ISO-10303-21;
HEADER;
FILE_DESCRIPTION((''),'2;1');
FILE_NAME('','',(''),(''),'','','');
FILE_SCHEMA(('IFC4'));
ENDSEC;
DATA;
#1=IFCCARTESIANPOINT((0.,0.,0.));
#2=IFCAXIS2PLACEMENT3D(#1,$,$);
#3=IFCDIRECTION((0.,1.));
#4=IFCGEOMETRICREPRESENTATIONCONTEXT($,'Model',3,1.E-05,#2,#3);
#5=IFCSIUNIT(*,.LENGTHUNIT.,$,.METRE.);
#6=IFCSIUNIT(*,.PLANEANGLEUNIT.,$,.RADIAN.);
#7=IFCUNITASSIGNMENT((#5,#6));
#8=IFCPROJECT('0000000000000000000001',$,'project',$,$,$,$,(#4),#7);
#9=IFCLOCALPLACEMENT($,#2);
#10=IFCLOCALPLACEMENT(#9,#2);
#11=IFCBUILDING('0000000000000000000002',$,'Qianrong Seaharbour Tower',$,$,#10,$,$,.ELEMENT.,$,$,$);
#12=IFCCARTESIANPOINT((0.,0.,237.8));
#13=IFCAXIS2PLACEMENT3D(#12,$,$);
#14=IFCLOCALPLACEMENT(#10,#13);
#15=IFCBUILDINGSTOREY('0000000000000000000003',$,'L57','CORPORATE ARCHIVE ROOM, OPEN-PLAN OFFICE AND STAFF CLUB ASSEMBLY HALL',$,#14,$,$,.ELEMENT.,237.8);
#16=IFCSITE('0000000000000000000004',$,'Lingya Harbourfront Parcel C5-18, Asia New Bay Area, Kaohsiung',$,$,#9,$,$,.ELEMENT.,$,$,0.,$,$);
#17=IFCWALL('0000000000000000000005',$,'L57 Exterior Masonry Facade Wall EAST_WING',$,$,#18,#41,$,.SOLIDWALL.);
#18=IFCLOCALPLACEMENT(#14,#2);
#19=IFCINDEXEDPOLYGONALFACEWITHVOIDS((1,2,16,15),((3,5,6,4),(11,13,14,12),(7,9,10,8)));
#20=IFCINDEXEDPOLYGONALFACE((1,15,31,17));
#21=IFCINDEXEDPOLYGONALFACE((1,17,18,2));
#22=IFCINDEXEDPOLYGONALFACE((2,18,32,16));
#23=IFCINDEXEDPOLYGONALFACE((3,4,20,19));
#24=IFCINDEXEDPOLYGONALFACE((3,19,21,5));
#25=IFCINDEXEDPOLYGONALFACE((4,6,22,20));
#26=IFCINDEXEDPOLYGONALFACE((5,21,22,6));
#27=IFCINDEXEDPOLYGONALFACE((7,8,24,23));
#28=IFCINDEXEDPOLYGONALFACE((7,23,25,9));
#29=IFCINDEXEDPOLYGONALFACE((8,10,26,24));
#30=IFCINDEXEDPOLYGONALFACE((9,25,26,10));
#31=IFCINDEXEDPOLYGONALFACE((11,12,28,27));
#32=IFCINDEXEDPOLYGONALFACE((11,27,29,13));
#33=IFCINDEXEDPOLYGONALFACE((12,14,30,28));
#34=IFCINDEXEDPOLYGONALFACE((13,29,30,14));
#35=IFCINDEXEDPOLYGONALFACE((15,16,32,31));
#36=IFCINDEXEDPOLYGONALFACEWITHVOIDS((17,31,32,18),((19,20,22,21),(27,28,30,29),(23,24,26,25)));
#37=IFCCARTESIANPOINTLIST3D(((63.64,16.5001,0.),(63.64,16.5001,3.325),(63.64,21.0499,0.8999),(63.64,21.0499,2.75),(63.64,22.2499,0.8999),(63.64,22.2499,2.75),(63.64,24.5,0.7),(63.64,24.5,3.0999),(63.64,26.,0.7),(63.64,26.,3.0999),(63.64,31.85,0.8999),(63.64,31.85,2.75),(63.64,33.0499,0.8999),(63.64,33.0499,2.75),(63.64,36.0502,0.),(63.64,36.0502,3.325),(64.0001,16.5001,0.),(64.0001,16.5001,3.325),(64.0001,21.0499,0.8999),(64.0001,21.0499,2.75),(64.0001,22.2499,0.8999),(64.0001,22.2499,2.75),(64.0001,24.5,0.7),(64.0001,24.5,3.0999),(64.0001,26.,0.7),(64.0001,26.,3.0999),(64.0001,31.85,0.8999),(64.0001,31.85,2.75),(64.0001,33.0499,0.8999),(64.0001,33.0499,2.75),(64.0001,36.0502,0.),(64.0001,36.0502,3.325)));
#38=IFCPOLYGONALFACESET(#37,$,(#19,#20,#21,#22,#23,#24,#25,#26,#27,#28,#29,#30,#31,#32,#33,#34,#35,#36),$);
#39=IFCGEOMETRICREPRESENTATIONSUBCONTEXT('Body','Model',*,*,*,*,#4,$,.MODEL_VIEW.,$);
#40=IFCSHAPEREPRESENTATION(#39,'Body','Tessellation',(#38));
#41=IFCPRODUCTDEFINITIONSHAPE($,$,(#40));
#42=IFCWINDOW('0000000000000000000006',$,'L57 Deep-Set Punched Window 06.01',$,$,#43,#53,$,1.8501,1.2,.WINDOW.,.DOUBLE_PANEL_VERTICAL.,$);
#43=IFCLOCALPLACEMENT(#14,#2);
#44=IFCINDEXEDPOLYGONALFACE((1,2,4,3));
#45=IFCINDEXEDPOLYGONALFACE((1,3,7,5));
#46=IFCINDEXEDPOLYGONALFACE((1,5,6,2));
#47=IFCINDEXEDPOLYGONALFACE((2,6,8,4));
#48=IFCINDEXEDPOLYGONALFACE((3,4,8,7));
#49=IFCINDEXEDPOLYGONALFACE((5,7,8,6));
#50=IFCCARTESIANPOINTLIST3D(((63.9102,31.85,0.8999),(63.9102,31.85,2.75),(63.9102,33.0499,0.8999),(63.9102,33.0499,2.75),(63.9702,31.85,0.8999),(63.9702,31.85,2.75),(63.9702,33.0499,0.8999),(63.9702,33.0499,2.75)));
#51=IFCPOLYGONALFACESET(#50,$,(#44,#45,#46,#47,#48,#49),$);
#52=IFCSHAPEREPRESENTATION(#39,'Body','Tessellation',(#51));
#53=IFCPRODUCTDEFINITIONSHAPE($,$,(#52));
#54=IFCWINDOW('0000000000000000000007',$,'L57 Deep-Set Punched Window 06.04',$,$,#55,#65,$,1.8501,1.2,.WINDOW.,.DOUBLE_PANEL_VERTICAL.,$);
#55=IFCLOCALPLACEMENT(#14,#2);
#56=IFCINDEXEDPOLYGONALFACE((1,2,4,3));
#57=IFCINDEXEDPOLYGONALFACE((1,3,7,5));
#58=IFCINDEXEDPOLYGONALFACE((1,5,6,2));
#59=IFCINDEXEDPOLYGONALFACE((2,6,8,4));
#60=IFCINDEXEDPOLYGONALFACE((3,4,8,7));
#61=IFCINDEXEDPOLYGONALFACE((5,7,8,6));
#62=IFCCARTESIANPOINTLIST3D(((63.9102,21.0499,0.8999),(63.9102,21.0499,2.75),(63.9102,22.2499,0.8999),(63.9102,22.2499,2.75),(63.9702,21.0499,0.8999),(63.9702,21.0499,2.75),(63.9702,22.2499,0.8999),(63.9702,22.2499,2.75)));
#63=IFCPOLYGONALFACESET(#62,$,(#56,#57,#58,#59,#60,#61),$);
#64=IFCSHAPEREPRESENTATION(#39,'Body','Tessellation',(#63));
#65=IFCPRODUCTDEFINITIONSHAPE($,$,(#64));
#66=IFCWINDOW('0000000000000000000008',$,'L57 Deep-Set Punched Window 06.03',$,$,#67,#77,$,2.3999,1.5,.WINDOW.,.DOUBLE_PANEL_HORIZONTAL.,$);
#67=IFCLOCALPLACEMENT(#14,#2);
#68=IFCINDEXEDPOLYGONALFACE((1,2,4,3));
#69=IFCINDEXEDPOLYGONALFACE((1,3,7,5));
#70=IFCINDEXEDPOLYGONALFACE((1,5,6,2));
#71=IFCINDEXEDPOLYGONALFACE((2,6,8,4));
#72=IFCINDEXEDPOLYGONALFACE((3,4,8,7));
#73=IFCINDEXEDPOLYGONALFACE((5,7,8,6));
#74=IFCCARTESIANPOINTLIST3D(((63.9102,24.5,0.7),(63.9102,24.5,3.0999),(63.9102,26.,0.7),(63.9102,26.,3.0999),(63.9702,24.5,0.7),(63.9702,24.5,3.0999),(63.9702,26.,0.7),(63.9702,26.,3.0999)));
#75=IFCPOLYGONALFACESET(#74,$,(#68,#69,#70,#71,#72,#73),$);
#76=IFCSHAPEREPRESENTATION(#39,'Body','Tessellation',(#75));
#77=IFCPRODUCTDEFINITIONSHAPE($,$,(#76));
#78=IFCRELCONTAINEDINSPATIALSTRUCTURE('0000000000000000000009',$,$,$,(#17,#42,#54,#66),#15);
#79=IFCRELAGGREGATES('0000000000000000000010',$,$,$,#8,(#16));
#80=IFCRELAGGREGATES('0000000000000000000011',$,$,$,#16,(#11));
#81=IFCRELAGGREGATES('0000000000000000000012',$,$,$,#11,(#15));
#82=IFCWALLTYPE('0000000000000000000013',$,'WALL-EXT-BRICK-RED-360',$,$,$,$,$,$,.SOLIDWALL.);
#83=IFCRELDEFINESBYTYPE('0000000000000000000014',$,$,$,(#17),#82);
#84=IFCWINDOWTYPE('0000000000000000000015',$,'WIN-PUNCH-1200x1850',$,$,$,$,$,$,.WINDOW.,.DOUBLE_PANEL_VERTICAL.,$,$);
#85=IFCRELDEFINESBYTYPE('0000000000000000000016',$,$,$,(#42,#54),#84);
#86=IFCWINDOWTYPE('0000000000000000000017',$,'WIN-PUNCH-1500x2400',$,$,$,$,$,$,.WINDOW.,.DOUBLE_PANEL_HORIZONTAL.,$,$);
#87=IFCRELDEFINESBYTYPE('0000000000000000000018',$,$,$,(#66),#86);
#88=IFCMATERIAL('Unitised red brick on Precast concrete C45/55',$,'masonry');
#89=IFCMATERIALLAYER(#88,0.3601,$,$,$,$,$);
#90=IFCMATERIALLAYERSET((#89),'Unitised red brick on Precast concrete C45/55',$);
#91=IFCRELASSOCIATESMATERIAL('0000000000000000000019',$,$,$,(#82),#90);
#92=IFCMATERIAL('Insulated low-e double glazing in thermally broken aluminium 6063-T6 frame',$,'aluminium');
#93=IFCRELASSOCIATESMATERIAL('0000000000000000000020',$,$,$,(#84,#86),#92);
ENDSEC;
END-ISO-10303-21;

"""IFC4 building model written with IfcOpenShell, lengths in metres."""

from ifc_helpers import new_model, si_unit, direction, frame, frame_2d, origin, place, context, subcontext, project, spatial, rectangle, extrude, material, layer, layer_set, type_object, element, fill, save


model = new_model("IFC4")

# Units and contexts
model_context = context("Model", 3, precision=1e-05, world=origin(), true_north=direction((0.0, 1.0)))
body_context = subcontext(model_context, "Body", "Model", "MODEL_VIEW")
ifc_project = project(units=[si_unit("LENGTHUNIT", "METRE"), si_unit("PLANEANGLEUNIT", "RADIAN")], contexts=[model_context])

# Site, building, storey
site_placement = place(None, origin())
site = spatial("IfcSite", under=ifc_project, at=site_placement, Name="Lingya Harbourfront Parcel C5-18, Asia New Bay Area, Kaohsiung", CompositionType="ELEMENT", RefElevation=0.0)
building_placement = place(site_placement, origin())
building = spatial("IfcBuilding", under=site, at=building_placement, Name="Qianrong Seaharbour Tower", CompositionType="ELEMENT")
storey_placement = place(building_placement, frame((0.0, 0.0, 237.8)))
storey = spatial("IfcBuildingStorey", under=building, at=storey_placement, Name="L57", Description="CORPORATE ARCHIVE ROOM, OPEN-PLAN OFFICE AND STAFF CLUB ASSEMBLY HALL", CompositionType="ELEMENT", Elevation=237.8)

# Wall, openings, windows
ifc_material_1 = material(Name="Unitised red brick on Precast concrete C45/55", Category="masonry")
ifc_layer_1 = layer(ifc_material_1, 0.3601)
ifc_layer_set_1 = layer_set([ifc_layer_1], Name="Unitised red brick on Precast concrete C45/55")
wall_type_1 = type_object("IfcWallType", Name="WALL-EXT-BRICK-RED-360", PredefinedType="SOLIDWALL", material=ifc_layer_set_1)
wall_1_placement = place(storey_placement, frame((63.8201, 36.05, 0.0), z_axis=(0.0, 0.0, 1.0), x_axis=(0.0, -1.0, 0.0)))
wall_1 = element("IfcWall", 1, at=wall_1_placement, inside=storey, type_object=wall_type_1, Name="L57 Exterior Masonry Facade Wall EAST_WING", PredefinedType="SOLIDWALL", context=body_context, shape_type="SweptSolid", body=[
    extrude(rectangle(XDim=19.55, YDim=0.3601, at=frame_2d((9.7749, 0.0))), origin(), (0.0, 0.0, 1.0), 3.325),
])
opening_1_placement = place(wall_1_placement, frame((3.0, 0.0, 0.8999)))
opening_1 = element("IfcOpeningElement", 2, at=opening_1_placement, cuts=wall_1, PredefinedType="OPENING", context=body_context, shape_type="SweptSolid", body=[
    extrude(rectangle(XDim=1.2, YDim=1.8501, at=frame_2d((0.6001, 0.925))), frame((0.0, 0.1899, 0.0), z_axis=(0.0, -1.0, 0.0), x_axis=(1.0, 0.0, 0.0)), (0.0, 0.0, 1.0), 0.3801),
])
opening_2_placement = place(wall_1_placement, frame((10.05, 0.0, 0.7)))
opening_2 = element("IfcOpeningElement", 3, at=opening_2_placement, cuts=wall_1, PredefinedType="OPENING", context=body_context, shape_type="SweptSolid", body=[
    extrude(rectangle(XDim=1.5, YDim=2.3999, at=frame_2d((0.75, 1.2))), frame((0.0, 0.1899, 0.0), z_axis=(0.0, -1.0, 0.0), x_axis=(1.0, 0.0, 0.0)), (0.0, 0.0, 1.0), 0.3801),
])
opening_3_placement = place(wall_1_placement, frame((13.8, 0.0, 0.8999)))
opening_3 = element("IfcOpeningElement", 4, at=opening_3_placement, cuts=wall_1, PredefinedType="OPENING", context=body_context, shape_type="SweptSolid", body=[
    extrude(rectangle(XDim=1.2, YDim=1.8501, at=frame_2d((0.6001, 0.925))), frame((0.0, 0.1899, 0.0), z_axis=(0.0, -1.0, 0.0), x_axis=(1.0, 0.0, 0.0)), (0.0, 0.0, 1.0), 0.3801),
])
ifc_material_2 = material(Name="Insulated low-e double glazing in thermally broken aluminium 6063-T6 frame", Category="aluminium")
window_type_1 = type_object("IfcWindowType", Name="WIN-PUNCH-1200x1850", PartitioningType="DOUBLE_PANEL_VERTICAL", PredefinedType="WINDOW", material=ifc_material_2)
window_1_placement = place(opening_1_placement, origin())
window_1 = element("IfcWindow", 5, at=window_1_placement, inside=storey, type_object=window_type_1, Name="L57 Deep-Set Punched Window 06.01", OverallHeight=1.8501, OverallWidth=1.2, PartitioningType="DOUBLE_PANEL_VERTICAL", PredefinedType="WINDOW", context=body_context, shape_type="SweptSolid", body=[
    extrude(rectangle(XDim=1.2, YDim=1.8501, at=frame_2d((0.6001, 0.925))), frame((0.0, 0.1501, 0.0), z_axis=(0.0, -1.0, 0.0), x_axis=(1.0, 0.0, 0.0)), (0.0, 0.0, 1.0), 0.0601),
])
fill(opening_1, window_1)
window_2_placement = place(opening_3_placement, origin())
window_2 = element("IfcWindow", 6, at=window_2_placement, inside=storey, type_object=window_type_1, Name="L57 Deep-Set Punched Window 06.04", OverallHeight=1.8501, OverallWidth=1.2, PartitioningType="DOUBLE_PANEL_VERTICAL", PredefinedType="WINDOW", context=body_context, shape_type="SweptSolid", body=[
    extrude(rectangle(XDim=1.2, YDim=1.8501, at=frame_2d((0.6001, 0.925))), frame((0.0, 0.1501, 0.0), z_axis=(0.0, -1.0, 0.0), x_axis=(1.0, 0.0, 0.0)), (0.0, 0.0, 1.0), 0.0601),
])
fill(opening_3, window_2)
window_type_2 = type_object("IfcWindowType", Name="WIN-PUNCH-1500x2400", PartitioningType="DOUBLE_PANEL_HORIZONTAL", PredefinedType="WINDOW", material=ifc_material_2)
window_3_placement = place(opening_2_placement, origin())
window_3 = element("IfcWindow", 7, at=window_3_placement, inside=storey, type_object=window_type_2, Name="L57 Deep-Set Punched Window 06.03", OverallHeight=2.3999, OverallWidth=1.5, PartitioningType="DOUBLE_PANEL_HORIZONTAL", PredefinedType="WINDOW", context=body_context, shape_type="SweptSolid", body=[
    extrude(rectangle(XDim=1.5, YDim=2.3999, at=frame_2d((0.75, 1.2))), frame((0.0, 0.1501, 0.0), z_axis=(0.0, -1.0, 0.0), x_axis=(1.0, 0.0, 0.0)), (0.0, 0.0, 1.0), 0.0601),
])
fill(opening_2, window_3)

save(model, "model.ifc")
